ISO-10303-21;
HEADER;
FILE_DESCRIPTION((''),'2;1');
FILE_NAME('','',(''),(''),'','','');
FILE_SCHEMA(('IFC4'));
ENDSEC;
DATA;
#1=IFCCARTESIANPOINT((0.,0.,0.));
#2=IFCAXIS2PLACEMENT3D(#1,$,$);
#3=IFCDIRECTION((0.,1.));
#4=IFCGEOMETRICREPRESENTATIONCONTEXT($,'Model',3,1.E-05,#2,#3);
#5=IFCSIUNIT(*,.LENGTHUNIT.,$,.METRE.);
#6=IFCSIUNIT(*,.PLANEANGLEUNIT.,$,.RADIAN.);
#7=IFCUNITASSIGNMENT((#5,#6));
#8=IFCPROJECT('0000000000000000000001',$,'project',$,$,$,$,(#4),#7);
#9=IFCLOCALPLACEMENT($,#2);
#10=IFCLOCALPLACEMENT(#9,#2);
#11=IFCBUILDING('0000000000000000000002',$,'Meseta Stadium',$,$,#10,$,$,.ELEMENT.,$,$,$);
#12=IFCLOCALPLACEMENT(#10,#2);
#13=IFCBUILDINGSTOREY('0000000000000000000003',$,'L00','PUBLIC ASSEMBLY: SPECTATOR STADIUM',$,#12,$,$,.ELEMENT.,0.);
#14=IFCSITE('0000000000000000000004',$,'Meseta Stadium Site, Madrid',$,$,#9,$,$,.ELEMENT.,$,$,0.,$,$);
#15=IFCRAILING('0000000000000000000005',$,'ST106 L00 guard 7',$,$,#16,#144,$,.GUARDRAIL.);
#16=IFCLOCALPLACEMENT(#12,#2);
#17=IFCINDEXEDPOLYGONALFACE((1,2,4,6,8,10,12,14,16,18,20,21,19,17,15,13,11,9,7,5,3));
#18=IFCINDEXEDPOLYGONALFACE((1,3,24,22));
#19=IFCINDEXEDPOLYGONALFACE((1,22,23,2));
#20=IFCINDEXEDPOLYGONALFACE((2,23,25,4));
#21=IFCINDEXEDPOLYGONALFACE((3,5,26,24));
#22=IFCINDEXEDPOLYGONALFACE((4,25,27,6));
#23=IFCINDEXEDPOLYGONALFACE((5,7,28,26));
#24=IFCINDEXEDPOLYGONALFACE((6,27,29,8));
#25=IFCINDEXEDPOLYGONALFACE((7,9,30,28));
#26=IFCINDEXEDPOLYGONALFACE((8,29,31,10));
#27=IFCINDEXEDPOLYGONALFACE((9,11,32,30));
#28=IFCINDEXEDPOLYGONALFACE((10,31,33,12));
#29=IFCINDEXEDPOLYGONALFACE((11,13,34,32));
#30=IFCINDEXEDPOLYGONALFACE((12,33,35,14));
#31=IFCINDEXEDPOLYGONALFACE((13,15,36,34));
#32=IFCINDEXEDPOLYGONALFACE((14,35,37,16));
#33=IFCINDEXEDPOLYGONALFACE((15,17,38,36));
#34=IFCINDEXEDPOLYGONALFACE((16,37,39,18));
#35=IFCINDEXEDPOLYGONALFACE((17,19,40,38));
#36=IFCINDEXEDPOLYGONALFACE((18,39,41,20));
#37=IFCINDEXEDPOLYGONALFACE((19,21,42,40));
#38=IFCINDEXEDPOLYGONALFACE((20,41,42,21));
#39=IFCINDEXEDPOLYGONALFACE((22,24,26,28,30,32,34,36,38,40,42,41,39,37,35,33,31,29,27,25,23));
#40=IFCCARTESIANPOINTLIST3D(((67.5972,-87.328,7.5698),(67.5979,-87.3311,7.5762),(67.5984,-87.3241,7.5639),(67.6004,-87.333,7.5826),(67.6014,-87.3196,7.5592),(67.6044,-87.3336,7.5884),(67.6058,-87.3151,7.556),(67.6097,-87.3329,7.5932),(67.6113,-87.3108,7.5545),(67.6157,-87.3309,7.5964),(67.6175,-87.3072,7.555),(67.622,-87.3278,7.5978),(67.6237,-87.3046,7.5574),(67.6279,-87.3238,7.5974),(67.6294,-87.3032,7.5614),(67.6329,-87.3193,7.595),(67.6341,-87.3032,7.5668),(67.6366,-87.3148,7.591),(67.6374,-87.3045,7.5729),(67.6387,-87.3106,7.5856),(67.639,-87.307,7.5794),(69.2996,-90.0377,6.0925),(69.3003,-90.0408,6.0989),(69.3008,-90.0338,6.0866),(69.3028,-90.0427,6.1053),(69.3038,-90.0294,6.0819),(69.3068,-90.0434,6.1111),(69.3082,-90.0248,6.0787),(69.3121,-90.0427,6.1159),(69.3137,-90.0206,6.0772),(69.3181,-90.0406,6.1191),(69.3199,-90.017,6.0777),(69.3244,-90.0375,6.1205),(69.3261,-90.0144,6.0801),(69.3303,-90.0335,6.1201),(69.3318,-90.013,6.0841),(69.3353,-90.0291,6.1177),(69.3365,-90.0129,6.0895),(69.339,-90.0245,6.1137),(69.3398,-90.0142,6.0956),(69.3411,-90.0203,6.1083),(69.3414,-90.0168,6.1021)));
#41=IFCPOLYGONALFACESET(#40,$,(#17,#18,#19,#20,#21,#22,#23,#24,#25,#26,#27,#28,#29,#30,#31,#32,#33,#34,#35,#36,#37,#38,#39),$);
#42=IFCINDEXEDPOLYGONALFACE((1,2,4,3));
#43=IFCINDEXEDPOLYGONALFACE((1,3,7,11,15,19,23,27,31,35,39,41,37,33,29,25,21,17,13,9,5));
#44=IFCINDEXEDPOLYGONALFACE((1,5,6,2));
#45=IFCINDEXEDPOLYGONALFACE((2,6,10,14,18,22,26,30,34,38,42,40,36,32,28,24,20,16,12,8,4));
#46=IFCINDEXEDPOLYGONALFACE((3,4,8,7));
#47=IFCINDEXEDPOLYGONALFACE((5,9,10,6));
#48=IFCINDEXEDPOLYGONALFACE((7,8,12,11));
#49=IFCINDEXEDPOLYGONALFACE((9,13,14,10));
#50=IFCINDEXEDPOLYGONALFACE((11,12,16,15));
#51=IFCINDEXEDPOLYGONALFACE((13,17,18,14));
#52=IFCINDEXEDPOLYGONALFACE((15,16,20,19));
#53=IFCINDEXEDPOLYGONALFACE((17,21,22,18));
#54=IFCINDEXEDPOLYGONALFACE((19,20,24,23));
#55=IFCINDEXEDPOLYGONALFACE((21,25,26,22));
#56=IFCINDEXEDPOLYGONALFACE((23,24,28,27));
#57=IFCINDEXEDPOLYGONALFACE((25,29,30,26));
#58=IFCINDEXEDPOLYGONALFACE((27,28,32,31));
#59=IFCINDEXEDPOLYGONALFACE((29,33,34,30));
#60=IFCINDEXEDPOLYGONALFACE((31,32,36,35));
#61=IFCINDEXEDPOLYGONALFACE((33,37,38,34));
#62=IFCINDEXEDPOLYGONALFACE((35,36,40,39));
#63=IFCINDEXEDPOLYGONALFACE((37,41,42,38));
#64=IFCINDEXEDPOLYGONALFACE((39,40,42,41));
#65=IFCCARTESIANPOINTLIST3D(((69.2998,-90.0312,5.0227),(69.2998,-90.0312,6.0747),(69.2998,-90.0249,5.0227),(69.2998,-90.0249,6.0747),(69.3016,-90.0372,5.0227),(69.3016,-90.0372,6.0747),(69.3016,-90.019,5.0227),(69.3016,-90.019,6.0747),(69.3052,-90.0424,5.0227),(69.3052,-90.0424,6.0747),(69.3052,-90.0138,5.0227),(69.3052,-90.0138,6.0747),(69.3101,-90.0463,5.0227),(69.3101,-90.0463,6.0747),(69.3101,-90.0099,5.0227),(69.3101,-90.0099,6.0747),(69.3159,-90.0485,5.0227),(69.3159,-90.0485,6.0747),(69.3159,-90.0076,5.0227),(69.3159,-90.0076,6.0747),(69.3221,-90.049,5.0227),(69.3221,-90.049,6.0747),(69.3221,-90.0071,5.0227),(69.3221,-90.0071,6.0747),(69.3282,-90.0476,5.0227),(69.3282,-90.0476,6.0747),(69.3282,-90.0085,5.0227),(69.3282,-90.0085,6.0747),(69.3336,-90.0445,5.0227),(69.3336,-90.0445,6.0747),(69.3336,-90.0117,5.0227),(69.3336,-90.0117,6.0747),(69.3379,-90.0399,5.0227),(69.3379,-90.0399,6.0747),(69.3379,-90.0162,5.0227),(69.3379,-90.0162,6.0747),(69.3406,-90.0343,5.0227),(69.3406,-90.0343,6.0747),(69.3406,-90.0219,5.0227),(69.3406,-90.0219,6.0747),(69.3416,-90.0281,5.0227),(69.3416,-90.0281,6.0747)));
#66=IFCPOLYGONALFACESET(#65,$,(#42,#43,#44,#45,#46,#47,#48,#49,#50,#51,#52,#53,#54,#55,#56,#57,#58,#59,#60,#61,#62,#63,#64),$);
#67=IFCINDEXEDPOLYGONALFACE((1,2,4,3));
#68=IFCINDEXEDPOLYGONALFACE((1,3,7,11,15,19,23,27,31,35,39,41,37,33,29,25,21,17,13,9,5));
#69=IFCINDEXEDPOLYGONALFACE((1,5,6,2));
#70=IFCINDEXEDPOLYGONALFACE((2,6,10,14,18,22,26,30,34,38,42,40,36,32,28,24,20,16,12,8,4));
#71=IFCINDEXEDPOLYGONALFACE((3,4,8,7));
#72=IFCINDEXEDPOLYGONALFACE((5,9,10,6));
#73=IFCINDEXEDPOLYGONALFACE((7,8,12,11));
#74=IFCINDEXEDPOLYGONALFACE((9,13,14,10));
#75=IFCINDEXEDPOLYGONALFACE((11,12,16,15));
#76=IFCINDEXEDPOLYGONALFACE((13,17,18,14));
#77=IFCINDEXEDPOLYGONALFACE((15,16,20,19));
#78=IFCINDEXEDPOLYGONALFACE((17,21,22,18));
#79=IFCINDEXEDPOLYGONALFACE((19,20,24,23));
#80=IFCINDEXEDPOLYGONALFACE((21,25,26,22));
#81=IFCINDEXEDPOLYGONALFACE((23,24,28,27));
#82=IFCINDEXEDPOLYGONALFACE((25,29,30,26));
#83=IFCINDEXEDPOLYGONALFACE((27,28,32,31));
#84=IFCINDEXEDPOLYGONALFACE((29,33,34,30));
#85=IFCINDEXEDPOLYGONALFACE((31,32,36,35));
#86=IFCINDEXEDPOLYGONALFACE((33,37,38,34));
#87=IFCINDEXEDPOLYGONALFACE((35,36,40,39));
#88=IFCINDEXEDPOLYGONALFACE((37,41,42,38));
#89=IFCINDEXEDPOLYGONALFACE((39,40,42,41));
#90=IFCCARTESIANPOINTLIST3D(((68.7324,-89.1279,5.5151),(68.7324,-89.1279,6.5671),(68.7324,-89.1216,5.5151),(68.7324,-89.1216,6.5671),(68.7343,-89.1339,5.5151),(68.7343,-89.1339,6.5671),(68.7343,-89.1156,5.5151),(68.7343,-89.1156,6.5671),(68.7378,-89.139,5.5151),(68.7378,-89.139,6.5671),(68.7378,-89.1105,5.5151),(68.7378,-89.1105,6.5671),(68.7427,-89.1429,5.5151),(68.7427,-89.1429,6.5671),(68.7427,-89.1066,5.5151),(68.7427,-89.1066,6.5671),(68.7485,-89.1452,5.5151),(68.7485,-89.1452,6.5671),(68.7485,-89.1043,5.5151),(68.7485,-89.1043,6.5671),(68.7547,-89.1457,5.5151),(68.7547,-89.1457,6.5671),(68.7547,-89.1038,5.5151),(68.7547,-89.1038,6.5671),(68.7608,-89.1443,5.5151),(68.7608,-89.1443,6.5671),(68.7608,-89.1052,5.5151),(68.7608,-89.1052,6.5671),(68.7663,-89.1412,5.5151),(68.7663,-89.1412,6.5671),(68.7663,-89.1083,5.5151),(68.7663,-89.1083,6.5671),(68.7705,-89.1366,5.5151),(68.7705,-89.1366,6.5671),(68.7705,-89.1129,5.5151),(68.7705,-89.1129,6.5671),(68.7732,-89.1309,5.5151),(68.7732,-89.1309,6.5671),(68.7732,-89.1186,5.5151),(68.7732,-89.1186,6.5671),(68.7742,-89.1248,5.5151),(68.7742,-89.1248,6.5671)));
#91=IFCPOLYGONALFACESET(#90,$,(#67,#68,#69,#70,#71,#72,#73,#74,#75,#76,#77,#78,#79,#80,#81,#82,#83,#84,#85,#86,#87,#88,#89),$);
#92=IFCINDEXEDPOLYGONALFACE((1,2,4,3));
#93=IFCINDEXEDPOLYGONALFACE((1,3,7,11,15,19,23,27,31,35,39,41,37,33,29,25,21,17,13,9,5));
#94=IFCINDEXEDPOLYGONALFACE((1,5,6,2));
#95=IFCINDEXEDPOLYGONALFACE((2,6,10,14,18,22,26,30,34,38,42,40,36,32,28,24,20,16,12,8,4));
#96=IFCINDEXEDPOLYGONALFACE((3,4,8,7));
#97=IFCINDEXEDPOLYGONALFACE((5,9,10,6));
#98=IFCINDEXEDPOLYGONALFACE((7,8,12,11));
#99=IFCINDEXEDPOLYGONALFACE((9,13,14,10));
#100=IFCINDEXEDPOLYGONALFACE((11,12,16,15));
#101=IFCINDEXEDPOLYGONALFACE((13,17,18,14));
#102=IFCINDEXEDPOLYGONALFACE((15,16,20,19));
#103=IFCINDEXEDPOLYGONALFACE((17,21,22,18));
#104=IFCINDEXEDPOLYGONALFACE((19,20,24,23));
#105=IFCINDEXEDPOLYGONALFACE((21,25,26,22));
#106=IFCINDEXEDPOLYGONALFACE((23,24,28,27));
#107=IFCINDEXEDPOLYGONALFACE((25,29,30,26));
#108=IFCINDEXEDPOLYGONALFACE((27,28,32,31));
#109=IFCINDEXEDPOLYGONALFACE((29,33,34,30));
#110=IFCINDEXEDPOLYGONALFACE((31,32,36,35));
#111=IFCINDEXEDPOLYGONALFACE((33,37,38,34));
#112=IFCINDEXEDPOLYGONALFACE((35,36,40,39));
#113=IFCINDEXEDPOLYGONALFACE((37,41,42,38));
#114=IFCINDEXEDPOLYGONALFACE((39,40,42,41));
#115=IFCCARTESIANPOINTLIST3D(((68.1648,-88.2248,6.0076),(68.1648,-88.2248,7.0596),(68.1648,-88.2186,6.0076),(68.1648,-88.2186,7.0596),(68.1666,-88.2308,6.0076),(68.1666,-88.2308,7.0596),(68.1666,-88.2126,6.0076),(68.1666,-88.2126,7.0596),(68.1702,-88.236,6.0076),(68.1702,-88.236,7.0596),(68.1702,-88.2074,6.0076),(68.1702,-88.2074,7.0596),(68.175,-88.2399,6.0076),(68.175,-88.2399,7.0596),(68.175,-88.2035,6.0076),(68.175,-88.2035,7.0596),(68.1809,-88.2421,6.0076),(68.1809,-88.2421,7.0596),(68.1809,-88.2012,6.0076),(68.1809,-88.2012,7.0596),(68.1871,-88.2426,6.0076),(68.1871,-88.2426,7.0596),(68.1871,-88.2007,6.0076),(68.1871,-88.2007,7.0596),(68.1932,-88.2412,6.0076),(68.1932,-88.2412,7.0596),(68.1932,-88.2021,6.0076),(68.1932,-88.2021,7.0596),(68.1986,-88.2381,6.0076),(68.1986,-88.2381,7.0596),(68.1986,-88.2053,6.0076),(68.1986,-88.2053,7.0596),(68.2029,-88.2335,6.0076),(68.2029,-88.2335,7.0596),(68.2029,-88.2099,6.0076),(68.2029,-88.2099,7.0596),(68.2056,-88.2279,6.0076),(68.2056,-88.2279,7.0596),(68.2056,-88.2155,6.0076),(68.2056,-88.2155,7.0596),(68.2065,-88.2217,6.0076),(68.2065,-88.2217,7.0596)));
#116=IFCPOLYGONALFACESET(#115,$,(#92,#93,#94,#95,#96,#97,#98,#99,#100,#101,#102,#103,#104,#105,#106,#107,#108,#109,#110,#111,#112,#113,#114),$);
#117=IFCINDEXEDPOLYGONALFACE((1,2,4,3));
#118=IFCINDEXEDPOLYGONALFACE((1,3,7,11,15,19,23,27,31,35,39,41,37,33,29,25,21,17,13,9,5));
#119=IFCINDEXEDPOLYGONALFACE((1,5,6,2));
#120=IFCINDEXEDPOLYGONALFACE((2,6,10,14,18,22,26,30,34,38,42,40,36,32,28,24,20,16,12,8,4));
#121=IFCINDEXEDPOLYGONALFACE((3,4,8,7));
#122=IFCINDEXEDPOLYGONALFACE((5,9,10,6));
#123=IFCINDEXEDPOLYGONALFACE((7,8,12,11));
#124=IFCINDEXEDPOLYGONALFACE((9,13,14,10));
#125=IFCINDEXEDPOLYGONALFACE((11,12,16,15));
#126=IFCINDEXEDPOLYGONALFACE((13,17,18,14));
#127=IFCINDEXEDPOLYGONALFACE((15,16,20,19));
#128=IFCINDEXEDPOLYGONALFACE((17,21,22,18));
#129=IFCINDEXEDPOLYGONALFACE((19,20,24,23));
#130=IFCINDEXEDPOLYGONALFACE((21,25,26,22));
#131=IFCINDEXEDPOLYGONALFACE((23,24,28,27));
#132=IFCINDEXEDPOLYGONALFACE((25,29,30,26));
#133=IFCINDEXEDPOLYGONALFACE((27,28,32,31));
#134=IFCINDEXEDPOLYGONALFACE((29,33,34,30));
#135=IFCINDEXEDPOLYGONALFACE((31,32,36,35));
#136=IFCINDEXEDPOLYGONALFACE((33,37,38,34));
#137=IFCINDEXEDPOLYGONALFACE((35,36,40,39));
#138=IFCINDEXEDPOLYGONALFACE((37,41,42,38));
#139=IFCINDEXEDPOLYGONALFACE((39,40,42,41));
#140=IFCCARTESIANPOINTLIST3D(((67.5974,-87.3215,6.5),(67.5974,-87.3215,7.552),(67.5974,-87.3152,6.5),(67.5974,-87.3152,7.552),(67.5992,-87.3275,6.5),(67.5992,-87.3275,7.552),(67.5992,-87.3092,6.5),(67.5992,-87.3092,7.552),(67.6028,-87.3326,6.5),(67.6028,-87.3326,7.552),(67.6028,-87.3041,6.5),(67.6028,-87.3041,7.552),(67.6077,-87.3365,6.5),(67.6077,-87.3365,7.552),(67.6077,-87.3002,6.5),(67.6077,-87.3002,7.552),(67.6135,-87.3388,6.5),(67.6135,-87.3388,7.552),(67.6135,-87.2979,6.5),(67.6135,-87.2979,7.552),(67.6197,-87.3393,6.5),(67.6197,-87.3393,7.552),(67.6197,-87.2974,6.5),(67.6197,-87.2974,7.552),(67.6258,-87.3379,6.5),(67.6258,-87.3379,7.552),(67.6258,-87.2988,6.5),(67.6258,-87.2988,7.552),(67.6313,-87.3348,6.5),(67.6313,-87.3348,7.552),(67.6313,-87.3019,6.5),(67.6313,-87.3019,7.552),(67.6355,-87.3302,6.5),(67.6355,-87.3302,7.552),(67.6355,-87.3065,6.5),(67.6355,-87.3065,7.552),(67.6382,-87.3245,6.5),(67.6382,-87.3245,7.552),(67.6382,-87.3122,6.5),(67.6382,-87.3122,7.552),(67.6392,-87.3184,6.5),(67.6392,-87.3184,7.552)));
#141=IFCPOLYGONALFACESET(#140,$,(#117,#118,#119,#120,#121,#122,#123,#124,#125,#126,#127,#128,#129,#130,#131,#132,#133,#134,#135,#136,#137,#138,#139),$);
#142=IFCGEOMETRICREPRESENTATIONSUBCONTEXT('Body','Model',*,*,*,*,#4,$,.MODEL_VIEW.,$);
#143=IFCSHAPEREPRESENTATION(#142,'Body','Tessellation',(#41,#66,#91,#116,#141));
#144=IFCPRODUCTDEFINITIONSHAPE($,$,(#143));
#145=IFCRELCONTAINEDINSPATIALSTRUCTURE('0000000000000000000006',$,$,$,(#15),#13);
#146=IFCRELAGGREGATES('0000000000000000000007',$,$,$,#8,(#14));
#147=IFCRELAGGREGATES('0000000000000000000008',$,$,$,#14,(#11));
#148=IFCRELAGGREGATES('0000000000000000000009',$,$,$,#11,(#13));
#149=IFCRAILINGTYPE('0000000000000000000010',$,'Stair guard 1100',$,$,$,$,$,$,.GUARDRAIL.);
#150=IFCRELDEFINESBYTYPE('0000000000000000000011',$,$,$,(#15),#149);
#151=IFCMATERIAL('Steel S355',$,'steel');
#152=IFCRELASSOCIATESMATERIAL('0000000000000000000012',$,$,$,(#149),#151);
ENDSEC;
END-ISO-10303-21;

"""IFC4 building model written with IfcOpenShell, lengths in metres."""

from ifc_helpers import new_model, si_unit, direction, frame, origin, origin_2d, place, context, subcontext, project, spatial, circle, extrude, material, type_object, element, save


model = new_model("IFC4")

# Units and contexts
model_context = context("Model", 3, precision=1e-05, world=origin(), true_north=direction((0.0, 1.0)))
body_context = subcontext(model_context, "Body", "Model", "MODEL_VIEW")
ifc_project = project(units=[si_unit("LENGTHUNIT", "METRE"), si_unit("PLANEANGLEUNIT", "RADIAN")], contexts=[model_context])

# Site, building, storey
site_placement = place(None, origin())
site = spatial("IfcSite", under=ifc_project, at=site_placement, Name="Meseta Stadium Site, Madrid", CompositionType="ELEMENT", RefElevation=0.0)
building_placement = place(site_placement, origin())
building = spatial("IfcBuilding", under=site, at=building_placement, Name="Meseta Stadium", CompositionType="ELEMENT")
storey_placement = place(building_placement, origin())
storey = spatial("IfcBuildingStorey", under=building, at=storey_placement, Name="L00", Description="PUBLIC ASSEMBLY: SPECTATOR STADIUM", CompositionType="ELEMENT", Elevation=0.0)

# Railing
ifc_material_1 = material(Name="Steel S355", Category="steel")
railing_type_1 = type_object("IfcRailingType", Name="Stair guard 1100", PredefinedType="GUARDRAIL", material=ifc_material_1)
railing_1_placement = place(storey_placement, frame((69.3206, -90.0281, 5.0227)))
element("IfcRailing", 1, at=railing_1_placement, inside=storey, type_object=railing_type_1, Name="ST106 L00 guard 7", PredefinedType="GUARDRAIL", context=body_context, shape_type="SweptSolid", body=[
    extrude(circle(Radius=0.0239, at=origin_2d()), frame((0.0, 0.0, 1.0762), z_axis=(-0.482997, 0.768792, 0.419133), x_axis=(-0.846757, -0.531979, 0.0)), (0.0, 0.0, 1.0), 3.5247),
    extrude(circle(Radius=0.021, at=origin_2d()), origin(), (0.0, 0.0, 1.0), 1.052),
    extrude(circle(Radius=0.021, at=origin_2d()), frame((-0.5674, 0.9033, 0.4924)), (0.0, 0.0, 1.0), 1.052),
    extrude(circle(Radius=0.021, at=origin_2d()), frame((-1.135, 1.8064, 0.9849)), (0.0, 0.0, 1.0), 1.052),
    extrude(circle(Radius=0.021, at=origin_2d()), frame((-1.7024, 2.7097, 1.4773)), (0.0, 0.0, 1.0), 1.052),
])

save(model, "model.ifc")
